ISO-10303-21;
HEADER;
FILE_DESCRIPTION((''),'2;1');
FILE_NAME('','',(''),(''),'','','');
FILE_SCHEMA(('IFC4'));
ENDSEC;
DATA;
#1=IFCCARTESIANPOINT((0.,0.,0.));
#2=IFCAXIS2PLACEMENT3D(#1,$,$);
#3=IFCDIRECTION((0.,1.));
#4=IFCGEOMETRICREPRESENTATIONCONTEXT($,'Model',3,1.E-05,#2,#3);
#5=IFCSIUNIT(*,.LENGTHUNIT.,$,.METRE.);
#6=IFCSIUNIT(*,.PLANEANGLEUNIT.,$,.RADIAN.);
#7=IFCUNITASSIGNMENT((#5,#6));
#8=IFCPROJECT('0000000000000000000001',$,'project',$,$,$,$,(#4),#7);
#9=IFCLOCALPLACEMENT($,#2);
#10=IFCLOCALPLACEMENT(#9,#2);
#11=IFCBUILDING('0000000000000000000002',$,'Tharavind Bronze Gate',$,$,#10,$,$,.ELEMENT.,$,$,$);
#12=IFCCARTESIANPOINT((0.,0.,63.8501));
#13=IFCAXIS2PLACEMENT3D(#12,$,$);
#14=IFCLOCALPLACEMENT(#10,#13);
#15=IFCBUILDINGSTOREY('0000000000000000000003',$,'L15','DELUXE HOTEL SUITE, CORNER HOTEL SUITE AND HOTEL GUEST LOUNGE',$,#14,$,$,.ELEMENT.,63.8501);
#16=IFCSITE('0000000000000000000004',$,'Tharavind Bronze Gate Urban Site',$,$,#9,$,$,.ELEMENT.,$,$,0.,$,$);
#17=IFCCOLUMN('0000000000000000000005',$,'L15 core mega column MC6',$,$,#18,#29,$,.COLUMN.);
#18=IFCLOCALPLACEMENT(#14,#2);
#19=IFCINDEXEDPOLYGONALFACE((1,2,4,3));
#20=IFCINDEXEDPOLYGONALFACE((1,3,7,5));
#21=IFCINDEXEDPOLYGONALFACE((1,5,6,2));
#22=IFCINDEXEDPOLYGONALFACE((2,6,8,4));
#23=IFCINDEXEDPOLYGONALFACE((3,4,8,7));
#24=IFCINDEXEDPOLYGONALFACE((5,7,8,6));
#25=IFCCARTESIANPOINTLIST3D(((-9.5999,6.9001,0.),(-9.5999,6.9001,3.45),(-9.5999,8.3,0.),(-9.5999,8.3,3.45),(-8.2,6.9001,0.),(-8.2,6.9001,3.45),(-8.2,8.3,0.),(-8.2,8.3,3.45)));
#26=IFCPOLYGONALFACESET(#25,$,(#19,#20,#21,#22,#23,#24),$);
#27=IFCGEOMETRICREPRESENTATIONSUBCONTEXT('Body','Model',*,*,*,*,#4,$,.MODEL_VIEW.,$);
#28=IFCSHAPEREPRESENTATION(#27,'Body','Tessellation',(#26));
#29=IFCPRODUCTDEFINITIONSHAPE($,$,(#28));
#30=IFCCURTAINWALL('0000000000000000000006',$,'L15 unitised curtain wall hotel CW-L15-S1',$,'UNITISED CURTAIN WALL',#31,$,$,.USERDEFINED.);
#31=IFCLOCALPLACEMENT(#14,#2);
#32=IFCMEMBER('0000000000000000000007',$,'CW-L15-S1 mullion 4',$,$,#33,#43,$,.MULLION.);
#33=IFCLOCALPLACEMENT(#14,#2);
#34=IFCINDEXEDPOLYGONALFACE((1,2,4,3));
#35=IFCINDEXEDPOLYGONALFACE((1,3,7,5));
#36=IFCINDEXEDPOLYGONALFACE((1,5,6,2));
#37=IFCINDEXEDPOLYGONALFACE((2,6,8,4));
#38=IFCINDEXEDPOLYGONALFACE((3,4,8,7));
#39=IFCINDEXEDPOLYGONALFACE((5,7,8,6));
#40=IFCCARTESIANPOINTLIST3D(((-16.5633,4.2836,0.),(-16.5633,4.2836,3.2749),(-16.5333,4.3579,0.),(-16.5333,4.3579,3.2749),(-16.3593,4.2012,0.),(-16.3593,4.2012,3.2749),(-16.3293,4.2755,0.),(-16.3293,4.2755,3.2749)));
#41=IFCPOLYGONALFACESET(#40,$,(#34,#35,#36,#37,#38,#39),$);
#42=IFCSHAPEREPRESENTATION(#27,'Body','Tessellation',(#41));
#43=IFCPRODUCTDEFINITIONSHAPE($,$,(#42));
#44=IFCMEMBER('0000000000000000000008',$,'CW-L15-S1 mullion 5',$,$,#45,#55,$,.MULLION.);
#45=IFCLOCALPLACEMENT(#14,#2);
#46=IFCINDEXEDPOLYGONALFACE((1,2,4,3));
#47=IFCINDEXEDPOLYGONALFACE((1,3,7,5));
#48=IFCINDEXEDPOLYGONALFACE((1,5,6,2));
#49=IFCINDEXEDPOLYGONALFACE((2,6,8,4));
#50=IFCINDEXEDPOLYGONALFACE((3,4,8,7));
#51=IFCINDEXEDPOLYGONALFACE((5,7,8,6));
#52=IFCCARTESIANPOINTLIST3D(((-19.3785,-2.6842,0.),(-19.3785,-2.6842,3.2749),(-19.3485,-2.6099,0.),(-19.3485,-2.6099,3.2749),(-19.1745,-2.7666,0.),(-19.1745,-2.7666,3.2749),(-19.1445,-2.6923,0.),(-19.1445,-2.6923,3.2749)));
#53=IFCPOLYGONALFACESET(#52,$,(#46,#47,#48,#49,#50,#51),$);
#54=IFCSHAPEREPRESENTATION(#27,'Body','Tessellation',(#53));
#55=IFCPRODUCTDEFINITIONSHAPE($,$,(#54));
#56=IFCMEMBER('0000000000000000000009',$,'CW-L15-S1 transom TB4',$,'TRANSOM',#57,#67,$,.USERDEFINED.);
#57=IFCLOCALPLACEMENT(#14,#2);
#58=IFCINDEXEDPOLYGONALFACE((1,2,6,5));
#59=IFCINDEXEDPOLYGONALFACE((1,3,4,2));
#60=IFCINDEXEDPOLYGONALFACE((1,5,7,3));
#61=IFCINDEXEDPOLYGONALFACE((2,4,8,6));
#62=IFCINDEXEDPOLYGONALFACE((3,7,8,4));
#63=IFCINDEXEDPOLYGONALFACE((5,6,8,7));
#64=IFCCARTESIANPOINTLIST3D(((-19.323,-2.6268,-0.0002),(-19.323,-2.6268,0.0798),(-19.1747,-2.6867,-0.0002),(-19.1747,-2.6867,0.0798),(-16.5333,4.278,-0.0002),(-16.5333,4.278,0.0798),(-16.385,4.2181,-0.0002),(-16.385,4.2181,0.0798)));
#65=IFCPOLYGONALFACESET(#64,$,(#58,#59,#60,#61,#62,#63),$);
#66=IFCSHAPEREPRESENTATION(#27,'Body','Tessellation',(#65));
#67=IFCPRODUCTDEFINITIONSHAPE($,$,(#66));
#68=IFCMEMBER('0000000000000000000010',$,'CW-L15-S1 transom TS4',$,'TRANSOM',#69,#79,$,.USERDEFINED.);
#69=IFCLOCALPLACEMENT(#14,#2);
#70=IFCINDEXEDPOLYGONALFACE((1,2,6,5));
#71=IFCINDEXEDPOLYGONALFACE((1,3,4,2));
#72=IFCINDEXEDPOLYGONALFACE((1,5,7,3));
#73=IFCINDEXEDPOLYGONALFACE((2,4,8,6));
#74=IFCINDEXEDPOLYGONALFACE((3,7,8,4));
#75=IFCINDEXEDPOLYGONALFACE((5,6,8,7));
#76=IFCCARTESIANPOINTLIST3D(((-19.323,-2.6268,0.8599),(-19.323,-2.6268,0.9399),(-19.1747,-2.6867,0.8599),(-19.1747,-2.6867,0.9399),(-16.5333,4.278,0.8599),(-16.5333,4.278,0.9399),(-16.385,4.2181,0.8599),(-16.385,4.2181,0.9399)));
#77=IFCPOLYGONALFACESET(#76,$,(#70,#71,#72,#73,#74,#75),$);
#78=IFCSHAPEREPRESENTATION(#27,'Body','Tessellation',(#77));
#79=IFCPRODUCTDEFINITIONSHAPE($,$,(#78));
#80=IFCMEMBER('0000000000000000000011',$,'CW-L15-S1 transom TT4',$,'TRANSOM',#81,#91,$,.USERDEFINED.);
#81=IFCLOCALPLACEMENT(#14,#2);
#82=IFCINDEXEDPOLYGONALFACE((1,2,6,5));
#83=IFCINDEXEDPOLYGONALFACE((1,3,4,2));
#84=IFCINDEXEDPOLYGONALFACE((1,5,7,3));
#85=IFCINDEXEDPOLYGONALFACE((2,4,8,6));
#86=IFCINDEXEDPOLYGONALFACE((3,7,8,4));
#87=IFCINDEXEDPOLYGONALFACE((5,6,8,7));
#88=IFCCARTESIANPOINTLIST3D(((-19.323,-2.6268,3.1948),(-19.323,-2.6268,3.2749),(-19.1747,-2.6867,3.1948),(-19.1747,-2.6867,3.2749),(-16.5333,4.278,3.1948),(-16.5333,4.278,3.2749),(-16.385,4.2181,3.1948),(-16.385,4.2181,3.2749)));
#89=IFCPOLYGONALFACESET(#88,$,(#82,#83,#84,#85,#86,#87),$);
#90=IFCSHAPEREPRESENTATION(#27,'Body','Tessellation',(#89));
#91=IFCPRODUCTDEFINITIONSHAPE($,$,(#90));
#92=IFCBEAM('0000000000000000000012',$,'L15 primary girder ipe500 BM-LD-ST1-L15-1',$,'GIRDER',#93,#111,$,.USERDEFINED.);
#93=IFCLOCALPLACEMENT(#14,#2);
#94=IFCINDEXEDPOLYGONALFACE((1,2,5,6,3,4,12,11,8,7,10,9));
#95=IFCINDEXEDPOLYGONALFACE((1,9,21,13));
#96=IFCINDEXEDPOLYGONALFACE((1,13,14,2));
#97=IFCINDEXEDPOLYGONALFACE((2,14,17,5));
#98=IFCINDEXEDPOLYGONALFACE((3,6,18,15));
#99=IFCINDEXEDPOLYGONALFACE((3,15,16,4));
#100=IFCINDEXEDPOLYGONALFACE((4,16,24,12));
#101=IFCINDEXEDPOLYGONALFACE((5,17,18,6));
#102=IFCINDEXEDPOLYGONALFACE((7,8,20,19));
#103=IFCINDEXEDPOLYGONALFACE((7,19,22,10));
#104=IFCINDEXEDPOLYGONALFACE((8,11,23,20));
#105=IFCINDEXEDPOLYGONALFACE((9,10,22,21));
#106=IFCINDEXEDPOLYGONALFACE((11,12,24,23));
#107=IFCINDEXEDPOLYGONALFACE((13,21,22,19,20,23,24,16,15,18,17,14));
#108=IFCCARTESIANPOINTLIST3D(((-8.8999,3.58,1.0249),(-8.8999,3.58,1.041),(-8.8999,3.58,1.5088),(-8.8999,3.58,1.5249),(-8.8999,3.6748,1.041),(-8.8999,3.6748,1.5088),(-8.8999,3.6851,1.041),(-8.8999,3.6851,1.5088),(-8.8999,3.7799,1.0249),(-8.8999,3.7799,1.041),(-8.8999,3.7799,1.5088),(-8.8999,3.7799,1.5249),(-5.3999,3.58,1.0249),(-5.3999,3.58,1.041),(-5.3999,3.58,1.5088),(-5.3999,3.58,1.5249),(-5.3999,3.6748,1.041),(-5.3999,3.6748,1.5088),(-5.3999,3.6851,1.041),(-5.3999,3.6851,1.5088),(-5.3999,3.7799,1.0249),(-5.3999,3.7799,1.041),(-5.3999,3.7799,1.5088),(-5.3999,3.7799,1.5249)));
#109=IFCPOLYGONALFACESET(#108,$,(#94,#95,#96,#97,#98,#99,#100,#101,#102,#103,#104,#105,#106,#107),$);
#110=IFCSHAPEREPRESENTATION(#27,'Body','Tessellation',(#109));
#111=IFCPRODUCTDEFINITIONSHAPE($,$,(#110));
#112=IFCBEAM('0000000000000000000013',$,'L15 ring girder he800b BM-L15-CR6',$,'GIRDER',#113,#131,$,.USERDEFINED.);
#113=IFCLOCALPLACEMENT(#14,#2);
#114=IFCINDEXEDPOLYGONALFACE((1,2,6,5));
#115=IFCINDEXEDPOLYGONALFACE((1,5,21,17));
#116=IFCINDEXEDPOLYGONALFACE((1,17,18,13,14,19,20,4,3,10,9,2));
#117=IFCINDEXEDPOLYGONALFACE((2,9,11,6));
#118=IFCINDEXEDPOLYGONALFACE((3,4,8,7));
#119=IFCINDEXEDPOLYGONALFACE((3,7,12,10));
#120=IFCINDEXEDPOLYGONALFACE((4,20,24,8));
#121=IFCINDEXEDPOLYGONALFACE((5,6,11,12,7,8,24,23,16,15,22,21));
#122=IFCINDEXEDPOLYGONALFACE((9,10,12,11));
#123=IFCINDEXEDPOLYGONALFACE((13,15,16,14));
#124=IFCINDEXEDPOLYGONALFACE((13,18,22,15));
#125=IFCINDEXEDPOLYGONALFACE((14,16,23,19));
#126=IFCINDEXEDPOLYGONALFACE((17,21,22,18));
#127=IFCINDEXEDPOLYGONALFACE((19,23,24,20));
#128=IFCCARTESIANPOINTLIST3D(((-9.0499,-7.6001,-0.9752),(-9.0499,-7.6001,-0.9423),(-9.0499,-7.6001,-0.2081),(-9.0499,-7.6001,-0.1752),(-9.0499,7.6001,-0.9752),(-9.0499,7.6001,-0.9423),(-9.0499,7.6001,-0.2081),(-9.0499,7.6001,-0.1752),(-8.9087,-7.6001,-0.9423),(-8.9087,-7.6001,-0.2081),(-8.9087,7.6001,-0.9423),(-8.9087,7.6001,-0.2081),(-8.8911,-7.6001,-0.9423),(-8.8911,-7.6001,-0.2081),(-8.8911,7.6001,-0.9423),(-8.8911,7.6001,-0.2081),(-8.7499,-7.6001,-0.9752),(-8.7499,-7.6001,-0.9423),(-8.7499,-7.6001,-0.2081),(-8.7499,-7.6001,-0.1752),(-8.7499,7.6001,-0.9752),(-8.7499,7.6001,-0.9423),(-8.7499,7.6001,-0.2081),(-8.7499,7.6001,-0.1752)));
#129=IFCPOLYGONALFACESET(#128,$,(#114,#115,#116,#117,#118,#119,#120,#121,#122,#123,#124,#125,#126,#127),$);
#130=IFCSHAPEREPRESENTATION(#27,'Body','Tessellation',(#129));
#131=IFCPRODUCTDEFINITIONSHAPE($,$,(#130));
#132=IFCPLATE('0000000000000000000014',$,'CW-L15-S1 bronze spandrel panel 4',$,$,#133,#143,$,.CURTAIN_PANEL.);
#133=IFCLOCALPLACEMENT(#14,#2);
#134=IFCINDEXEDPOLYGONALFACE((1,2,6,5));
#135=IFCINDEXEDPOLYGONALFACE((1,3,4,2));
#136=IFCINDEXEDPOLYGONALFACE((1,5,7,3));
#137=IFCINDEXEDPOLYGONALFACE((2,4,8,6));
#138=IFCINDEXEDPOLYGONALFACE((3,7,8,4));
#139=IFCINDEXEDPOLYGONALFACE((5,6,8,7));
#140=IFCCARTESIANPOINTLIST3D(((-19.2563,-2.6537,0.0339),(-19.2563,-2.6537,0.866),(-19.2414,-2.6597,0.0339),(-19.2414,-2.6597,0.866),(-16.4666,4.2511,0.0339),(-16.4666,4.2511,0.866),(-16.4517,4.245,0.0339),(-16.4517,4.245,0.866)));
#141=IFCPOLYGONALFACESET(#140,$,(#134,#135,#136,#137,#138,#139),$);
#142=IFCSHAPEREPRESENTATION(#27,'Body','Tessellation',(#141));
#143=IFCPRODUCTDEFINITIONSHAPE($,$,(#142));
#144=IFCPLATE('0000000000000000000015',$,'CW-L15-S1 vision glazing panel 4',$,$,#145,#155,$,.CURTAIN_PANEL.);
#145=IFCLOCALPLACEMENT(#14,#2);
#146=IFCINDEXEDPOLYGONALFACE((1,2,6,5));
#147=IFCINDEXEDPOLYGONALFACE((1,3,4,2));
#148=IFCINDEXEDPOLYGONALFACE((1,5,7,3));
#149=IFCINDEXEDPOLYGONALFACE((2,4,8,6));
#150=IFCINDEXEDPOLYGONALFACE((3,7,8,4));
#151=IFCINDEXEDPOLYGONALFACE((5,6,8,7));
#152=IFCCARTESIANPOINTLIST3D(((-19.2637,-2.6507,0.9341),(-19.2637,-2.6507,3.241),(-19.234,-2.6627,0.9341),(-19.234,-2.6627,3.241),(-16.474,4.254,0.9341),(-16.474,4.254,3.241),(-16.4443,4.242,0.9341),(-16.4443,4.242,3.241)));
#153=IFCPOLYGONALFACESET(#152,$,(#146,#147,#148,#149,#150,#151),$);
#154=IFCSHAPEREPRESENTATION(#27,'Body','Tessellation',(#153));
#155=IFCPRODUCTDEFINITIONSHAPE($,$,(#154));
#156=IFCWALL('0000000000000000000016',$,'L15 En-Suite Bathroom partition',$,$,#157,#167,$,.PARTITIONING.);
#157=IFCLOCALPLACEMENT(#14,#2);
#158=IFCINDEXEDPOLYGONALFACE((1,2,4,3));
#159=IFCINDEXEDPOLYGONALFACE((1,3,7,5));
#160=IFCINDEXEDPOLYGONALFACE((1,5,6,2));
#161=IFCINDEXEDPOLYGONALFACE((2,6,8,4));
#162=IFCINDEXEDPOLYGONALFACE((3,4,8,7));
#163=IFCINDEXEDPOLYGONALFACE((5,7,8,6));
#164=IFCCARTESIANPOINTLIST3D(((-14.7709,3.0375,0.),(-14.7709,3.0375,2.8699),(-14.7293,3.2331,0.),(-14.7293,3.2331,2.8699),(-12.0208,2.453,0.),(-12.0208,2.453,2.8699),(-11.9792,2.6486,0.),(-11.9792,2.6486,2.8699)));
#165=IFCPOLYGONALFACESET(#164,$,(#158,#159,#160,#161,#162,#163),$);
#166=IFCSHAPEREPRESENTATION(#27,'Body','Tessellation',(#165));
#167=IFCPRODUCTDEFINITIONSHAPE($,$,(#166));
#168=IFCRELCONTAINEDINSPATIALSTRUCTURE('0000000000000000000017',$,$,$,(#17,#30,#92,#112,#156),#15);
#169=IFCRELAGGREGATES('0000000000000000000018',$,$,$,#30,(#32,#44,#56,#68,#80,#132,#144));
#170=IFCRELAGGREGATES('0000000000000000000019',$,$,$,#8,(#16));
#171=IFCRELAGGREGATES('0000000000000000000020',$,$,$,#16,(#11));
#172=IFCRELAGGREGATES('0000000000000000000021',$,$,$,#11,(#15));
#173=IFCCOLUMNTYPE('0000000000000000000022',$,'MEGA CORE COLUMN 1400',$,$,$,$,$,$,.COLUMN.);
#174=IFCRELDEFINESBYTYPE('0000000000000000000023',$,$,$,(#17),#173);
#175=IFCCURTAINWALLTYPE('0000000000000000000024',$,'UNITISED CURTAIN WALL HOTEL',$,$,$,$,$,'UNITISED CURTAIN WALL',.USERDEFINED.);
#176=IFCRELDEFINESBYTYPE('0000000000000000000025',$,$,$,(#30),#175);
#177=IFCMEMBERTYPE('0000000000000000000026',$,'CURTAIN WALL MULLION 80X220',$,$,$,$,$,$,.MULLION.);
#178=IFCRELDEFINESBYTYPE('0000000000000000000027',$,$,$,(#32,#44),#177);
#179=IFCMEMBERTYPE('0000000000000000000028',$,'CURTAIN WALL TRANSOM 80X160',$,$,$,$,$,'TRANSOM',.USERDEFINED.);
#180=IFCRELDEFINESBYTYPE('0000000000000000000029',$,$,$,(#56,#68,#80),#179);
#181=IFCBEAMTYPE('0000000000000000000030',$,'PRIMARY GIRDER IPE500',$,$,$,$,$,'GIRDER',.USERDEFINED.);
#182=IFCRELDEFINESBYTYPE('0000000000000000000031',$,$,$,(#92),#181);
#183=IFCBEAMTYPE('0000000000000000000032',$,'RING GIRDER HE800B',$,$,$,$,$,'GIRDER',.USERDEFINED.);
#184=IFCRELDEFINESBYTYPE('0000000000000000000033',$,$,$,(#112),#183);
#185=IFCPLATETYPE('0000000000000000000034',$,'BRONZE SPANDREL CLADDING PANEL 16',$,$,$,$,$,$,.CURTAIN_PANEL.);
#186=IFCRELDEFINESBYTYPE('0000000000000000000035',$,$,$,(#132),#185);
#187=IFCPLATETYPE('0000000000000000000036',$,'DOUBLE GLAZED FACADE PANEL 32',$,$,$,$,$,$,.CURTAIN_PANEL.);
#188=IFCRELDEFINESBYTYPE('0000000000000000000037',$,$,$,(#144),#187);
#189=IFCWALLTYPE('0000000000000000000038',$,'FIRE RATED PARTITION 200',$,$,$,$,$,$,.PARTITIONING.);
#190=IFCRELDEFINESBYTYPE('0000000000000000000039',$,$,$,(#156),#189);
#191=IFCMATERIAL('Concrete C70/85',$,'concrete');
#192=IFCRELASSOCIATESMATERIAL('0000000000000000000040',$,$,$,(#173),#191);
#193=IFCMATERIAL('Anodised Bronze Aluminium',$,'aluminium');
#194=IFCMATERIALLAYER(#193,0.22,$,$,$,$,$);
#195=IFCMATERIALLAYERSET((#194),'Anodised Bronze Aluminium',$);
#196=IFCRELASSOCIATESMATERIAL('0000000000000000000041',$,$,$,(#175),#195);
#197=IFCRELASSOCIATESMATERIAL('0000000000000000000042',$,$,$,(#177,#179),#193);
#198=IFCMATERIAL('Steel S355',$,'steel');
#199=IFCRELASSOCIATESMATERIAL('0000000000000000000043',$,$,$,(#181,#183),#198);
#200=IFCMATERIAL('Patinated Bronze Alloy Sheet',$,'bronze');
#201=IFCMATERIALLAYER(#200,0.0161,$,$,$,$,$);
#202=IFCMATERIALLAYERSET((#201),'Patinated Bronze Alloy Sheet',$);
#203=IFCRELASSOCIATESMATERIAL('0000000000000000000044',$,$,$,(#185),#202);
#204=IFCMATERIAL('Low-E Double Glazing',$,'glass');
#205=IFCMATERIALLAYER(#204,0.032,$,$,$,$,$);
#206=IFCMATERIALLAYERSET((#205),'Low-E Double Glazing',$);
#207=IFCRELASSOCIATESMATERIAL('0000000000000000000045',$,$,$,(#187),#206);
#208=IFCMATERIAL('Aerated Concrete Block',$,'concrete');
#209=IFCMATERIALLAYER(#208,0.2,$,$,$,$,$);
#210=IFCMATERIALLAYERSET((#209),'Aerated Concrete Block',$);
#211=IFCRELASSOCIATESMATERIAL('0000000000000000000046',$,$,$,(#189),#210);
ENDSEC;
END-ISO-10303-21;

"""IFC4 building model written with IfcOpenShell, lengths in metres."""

from ifc_helpers import new_model, si_unit, direction, frame, frame_2d, origin, origin_2d, place, context, subcontext, project, spatial, rectangle, i_section, extrude, material, layer, layer_set, material_profile, profile_set, type_object, element, aggregate, save


model = new_model("IFC4")

# Units and contexts
model_context = context("Model", 3, precision=1e-05, world=origin(), true_north=direction((0.0, 1.0)))
body_context = subcontext(model_context, "Body", "Model", "MODEL_VIEW")
ifc_project = project(units=[si_unit("LENGTHUNIT", "METRE"), si_unit("PLANEANGLEUNIT", "RADIAN")], contexts=[model_context])

# Site, building, storey
site_placement = place(None, origin())
site = spatial("IfcSite", under=ifc_project, at=site_placement, Name="Tharavind Bronze Gate Urban Site", CompositionType="ELEMENT", RefElevation=0.0)
building_placement = place(site_placement, origin())
building = spatial("IfcBuilding", under=site, at=building_placement, Name="Tharavind Bronze Gate", CompositionType="ELEMENT")
storey_placement = place(building_placement, frame((0.0, 0.0, 63.8501)))
storey = spatial("IfcBuildingStorey", under=building, at=storey_placement, Name="L15", Description="DELUXE HOTEL SUITE, CORNER HOTEL SUITE AND HOTEL GUEST LOUNGE", CompositionType="ELEMENT", Elevation=63.8501)

# Column
ifc_material_1 = material(Name="Concrete C70/85", Category="concrete")
ifc_material_profile_1 = material_profile(ifc_material_1, rectangle(XDim=1.3999, YDim=1.3999, at=origin_2d()), Name="RCCOL1400")
ifc_profile_set_1 = profile_set([ifc_material_profile_1], Name="Concrete C70/85")
column_type = type_object("IfcColumnType", Name="MEGA CORE COLUMN 1400", PredefinedType="COLUMN", material=ifc_profile_set_1)
column_placement = place(storey_placement, frame((-8.8999, 7.6001, 0.0), z_axis=(0.0, 0.0, 1.0), x_axis=(1.0, 0.0, 0.0)))
element("IfcColumn", 1, at=column_placement, inside=storey, type_object=column_type, Name="L15 core mega column MC6", PredefinedType="COLUMN", context=body_context, shape_type="SweptSolid", body=[
    extrude(rectangle(XDim=1.3999, YDim=1.3999, at=origin_2d()), origin(), (0.0, 0.0, 1.0), 3.45),
])

# Curtain wall, members
ifc_material_2 = material(Name="Anodised Bronze Aluminium", Category="aluminium")
ifc_layer_1 = layer(ifc_material_2, 0.22)
ifc_layer_set_1 = layer_set([ifc_layer_1], Name="Anodised Bronze Aluminium")
curtain_wall_type = type_object("IfcCurtainWallType", Name="UNITISED CURTAIN WALL HOTEL", ElementType="UNITISED CURTAIN WALL", PredefinedType="USERDEFINED", material=ifc_layer_set_1)
curtain_wall_placement = place(storey_placement, origin())
curtain_wall = element("IfcCurtainWall", 2, at=curtain_wall_placement, inside=storey, type_object=curtain_wall_type, Name="L15 unitised curtain wall hotel CW-L15-S1", ObjectType="UNITISED CURTAIN WALL", PredefinedType="USERDEFINED")
member_type_1 = type_object("IfcMemberType", Name="CURTAIN WALL MULLION 80X220", PredefinedType="MULLION", material=ifc_material_2)
member_1_placement = place(storey_placement, frame((-16.4463, 4.2795, 0.0), z_axis=(0.0, 0.0, 1.0), x_axis=(-0.374607, -0.927184, 0.0)))
member_1 = element("IfcMember", 3, at=member_1_placement, type_object=member_type_1, Name="CW-L15-S1 mullion 4", PredefinedType="MULLION", context=body_context, shape_type="SweptSolid", body=[
    extrude(rectangle(XDim=0.0801, YDim=0.22, at=origin_2d()), origin(), (0.0, 0.0, 1.0), 3.2749),
])
member_2_placement = place(storey_placement, frame((-19.2615, -2.6882, 0.0), z_axis=(0.0, 0.0, 1.0), x_axis=(-0.374607, -0.927184, 0.0)))
member_2 = element("IfcMember", 4, at=member_2_placement, type_object=member_type_1, Name="CW-L15-S1 mullion 5", PredefinedType="MULLION", context=body_context, shape_type="SweptSolid", body=[
    extrude(rectangle(XDim=0.0801, YDim=0.22, at=origin_2d()), origin(), (0.0, 0.0, 1.0), 3.2749),
])
member_type_2 = type_object("IfcMemberType", Name="CURTAIN WALL TRANSOM 80X160", ElementType="TRANSOM", PredefinedType="USERDEFINED", material=ifc_material_2)
member_3_placement = place(storey_placement, frame((-17.854, 0.7957, -0.0002), z_axis=(0.0, 0.0, 1.0), x_axis=(-0.374607, -0.927184, 0.0)))
member_3 = element("IfcMember", 5, at=member_3_placement, type_object=member_type_2, Name="CW-L15-S1 transom TB4", ObjectType="TRANSOM", PredefinedType="USERDEFINED", context=body_context, shape_type="SweptSolid", body=[
    extrude(rectangle(XDim=7.447, YDim=0.1599, at=origin_2d()), origin(), (0.0, 0.0, 1.0), 0.0801),
])
member_4_placement = place(storey_placement, frame((-17.854, 0.7957, 0.8599), z_axis=(0.0, 0.0, 1.0), x_axis=(-0.374607, -0.927184, 0.0)))
member_4 = element("IfcMember", 6, at=member_4_placement, type_object=member_type_2, Name="CW-L15-S1 transom TS4", ObjectType="TRANSOM", PredefinedType="USERDEFINED", context=body_context, shape_type="SweptSolid", body=[
    extrude(rectangle(XDim=7.447, YDim=0.1599, at=origin_2d()), origin(), (0.0, 0.0, 1.0), 0.0801),
])
member_5_placement = place(storey_placement, frame((-17.854, 0.7957, 3.1948), z_axis=(0.0, 0.0, 1.0), x_axis=(-0.374607, -0.927184, 0.0)))
member_5 = element("IfcMember", 7, at=member_5_placement, type_object=member_type_2, Name="CW-L15-S1 transom TT4", ObjectType="TRANSOM", PredefinedType="USERDEFINED", context=body_context, shape_type="SweptSolid", body=[
    extrude(rectangle(XDim=7.447, YDim=0.1599, at=origin_2d()), origin(), (0.0, 0.0, 1.0), 0.0801),
])

# Beams
ifc_material_3 = material(Name="Steel S355", Category="steel")
ifc_material_profile_2 = material_profile(ifc_material_3, i_section(OverallWidth=0.2, OverallDepth=0.5, WebThickness=0.0103, FlangeThickness=0.0161, at=origin_2d()), Name="IPE500")
ifc_profile_set_2 = profile_set([ifc_material_profile_2], Name="Steel S355")
beam_type_1 = type_object("IfcBeamType", Name="PRIMARY GIRDER IPE500", ElementType="GIRDER", PredefinedType="USERDEFINED", material=ifc_profile_set_2)
beam_1_placement = place(storey_placement, frame((-8.8999, 3.6799, 1.2749), z_axis=(1.0, 0.0, 0.0), x_axis=(0.0, 1.0, 0.0)))
element("IfcBeam", 8, at=beam_1_placement, inside=storey, type_object=beam_type_1, Name="L15 primary girder ipe500 BM-LD-ST1-L15-1", ObjectType="GIRDER", PredefinedType="USERDEFINED", context=body_context, shape_type="SweptSolid", body=[
    extrude(i_section(OverallWidth=0.2, OverallDepth=0.5, WebThickness=0.0103, FlangeThickness=0.0161, at=origin_2d()), origin(), (0.0, 0.0, 1.0), 3.5),
])
ifc_material_profile_3 = material_profile(ifc_material_3, i_section(OverallWidth=0.3, OverallDepth=0.8, WebThickness=0.0176, FlangeThickness=0.033, at=origin_2d()), Name="HE800B")
ifc_profile_set_3 = profile_set([ifc_material_profile_3], Name="Steel S355")
beam_type_2 = type_object("IfcBeamType", Name="RING GIRDER HE800B", ElementType="GIRDER", PredefinedType="USERDEFINED", material=ifc_profile_set_3)
beam_2_placement = place(storey_placement, frame((-8.8999, 7.6001, -0.5752), z_axis=(0.0, -1.0, 0.0), x_axis=(1.0, 0.0, 0.0)))
element("IfcBeam", 9, at=beam_2_placement, inside=storey, type_object=beam_type_2, Name="L15 ring girder he800b BM-L15-CR6", ObjectType="GIRDER", PredefinedType="USERDEFINED", context=body_context, shape_type="SweptSolid", body=[
    extrude(i_section(OverallWidth=0.3, OverallDepth=0.8, WebThickness=0.0176, FlangeThickness=0.033, at=origin_2d()), origin(), (0.0, 0.0, 1.0), 15.2002),
])

# Plates
ifc_material_4 = material(Name="Patinated Bronze Alloy Sheet", Category="bronze")
ifc_layer_2 = layer(ifc_material_4, 0.0161)
ifc_layer_set_2 = layer_set([ifc_layer_2], Name="Patinated Bronze Alloy Sheet")
plate_type_1 = type_object("IfcPlateType", Name="BRONZE SPANDREL CLADDING PANEL 16", PredefinedType="CURTAIN_PANEL", material=ifc_layer_set_2)
plate_1_placement = place(storey_placement, frame((-17.854, 0.7957, 0.0339), z_axis=(0.0, 0.0, 1.0), x_axis=(-0.374607, -0.927184, 0.0)))
plate_1 = element("IfcPlate", 10, at=plate_1_placement, type_object=plate_type_1, Name="CW-L15-S1 bronze spandrel panel 4", PredefinedType="CURTAIN_PANEL", context=body_context, shape_type="SweptSolid", body=[
    extrude(rectangle(XDim=7.447, YDim=0.0161, at=origin_2d()), origin(), (0.0, 0.0, 1.0), 0.832),
])
ifc_material_5 = material(Name="Low-E Double Glazing", Category="glass")
ifc_layer_3 = layer(ifc_material_5, 0.032)
ifc_layer_set_3 = layer_set([ifc_layer_3], Name="Low-E Double Glazing")
plate_type_2 = type_object("IfcPlateType", Name="DOUBLE GLAZED FACADE PANEL 32", PredefinedType="CURTAIN_PANEL", material=ifc_layer_set_3)
plate_2_placement = place(storey_placement, frame((-17.854, 0.7957, 0.9341), z_axis=(0.0, 0.0, 1.0), x_axis=(-0.374607, -0.927184, 0.0)))
plate_2 = element("IfcPlate", 11, at=plate_2_placement, type_object=plate_type_2, Name="CW-L15-S1 vision glazing panel 4", PredefinedType="CURTAIN_PANEL", context=body_context, shape_type="SweptSolid", body=[
    extrude(rectangle(XDim=7.447, YDim=0.032, at=origin_2d()), origin(), (0.0, 0.0, 1.0), 2.3069),
])
aggregate(curtain_wall, [member_1, member_2, member_3, member_4, member_5, plate_1, plate_2])

# Wall
ifc_material_6 = material(Name="Aerated Concrete Block", Category="concrete")
ifc_layer_4 = layer(ifc_material_6, 0.2)
ifc_layer_set_4 = layer_set([ifc_layer_4], Name="Aerated Concrete Block")
wall_type_1 = type_object("IfcWallType", Name="FIRE RATED PARTITION 200", PredefinedType="PARTITIONING", material=ifc_layer_set_4)
wall_1_placement = place(storey_placement, frame((-12.0, 2.5508, 0.0), z_axis=(0.0, 0.0, 1.0), x_axis=(-0.978152, 0.207892, 0.0)))
element("IfcWall", 12, at=wall_1_placement, inside=storey, type_object=wall_type_1, Name="L15 En-Suite Bathroom partition", PredefinedType="PARTITIONING", context=body_context, shape_type="SweptSolid", body=[
    extrude(rectangle(XDim=2.8115, YDim=0.2, at=frame_2d((1.4058, 0.0))), origin(), (0.0, 0.0, 1.0), 2.8699),
])

save(model, "model.ifc")
